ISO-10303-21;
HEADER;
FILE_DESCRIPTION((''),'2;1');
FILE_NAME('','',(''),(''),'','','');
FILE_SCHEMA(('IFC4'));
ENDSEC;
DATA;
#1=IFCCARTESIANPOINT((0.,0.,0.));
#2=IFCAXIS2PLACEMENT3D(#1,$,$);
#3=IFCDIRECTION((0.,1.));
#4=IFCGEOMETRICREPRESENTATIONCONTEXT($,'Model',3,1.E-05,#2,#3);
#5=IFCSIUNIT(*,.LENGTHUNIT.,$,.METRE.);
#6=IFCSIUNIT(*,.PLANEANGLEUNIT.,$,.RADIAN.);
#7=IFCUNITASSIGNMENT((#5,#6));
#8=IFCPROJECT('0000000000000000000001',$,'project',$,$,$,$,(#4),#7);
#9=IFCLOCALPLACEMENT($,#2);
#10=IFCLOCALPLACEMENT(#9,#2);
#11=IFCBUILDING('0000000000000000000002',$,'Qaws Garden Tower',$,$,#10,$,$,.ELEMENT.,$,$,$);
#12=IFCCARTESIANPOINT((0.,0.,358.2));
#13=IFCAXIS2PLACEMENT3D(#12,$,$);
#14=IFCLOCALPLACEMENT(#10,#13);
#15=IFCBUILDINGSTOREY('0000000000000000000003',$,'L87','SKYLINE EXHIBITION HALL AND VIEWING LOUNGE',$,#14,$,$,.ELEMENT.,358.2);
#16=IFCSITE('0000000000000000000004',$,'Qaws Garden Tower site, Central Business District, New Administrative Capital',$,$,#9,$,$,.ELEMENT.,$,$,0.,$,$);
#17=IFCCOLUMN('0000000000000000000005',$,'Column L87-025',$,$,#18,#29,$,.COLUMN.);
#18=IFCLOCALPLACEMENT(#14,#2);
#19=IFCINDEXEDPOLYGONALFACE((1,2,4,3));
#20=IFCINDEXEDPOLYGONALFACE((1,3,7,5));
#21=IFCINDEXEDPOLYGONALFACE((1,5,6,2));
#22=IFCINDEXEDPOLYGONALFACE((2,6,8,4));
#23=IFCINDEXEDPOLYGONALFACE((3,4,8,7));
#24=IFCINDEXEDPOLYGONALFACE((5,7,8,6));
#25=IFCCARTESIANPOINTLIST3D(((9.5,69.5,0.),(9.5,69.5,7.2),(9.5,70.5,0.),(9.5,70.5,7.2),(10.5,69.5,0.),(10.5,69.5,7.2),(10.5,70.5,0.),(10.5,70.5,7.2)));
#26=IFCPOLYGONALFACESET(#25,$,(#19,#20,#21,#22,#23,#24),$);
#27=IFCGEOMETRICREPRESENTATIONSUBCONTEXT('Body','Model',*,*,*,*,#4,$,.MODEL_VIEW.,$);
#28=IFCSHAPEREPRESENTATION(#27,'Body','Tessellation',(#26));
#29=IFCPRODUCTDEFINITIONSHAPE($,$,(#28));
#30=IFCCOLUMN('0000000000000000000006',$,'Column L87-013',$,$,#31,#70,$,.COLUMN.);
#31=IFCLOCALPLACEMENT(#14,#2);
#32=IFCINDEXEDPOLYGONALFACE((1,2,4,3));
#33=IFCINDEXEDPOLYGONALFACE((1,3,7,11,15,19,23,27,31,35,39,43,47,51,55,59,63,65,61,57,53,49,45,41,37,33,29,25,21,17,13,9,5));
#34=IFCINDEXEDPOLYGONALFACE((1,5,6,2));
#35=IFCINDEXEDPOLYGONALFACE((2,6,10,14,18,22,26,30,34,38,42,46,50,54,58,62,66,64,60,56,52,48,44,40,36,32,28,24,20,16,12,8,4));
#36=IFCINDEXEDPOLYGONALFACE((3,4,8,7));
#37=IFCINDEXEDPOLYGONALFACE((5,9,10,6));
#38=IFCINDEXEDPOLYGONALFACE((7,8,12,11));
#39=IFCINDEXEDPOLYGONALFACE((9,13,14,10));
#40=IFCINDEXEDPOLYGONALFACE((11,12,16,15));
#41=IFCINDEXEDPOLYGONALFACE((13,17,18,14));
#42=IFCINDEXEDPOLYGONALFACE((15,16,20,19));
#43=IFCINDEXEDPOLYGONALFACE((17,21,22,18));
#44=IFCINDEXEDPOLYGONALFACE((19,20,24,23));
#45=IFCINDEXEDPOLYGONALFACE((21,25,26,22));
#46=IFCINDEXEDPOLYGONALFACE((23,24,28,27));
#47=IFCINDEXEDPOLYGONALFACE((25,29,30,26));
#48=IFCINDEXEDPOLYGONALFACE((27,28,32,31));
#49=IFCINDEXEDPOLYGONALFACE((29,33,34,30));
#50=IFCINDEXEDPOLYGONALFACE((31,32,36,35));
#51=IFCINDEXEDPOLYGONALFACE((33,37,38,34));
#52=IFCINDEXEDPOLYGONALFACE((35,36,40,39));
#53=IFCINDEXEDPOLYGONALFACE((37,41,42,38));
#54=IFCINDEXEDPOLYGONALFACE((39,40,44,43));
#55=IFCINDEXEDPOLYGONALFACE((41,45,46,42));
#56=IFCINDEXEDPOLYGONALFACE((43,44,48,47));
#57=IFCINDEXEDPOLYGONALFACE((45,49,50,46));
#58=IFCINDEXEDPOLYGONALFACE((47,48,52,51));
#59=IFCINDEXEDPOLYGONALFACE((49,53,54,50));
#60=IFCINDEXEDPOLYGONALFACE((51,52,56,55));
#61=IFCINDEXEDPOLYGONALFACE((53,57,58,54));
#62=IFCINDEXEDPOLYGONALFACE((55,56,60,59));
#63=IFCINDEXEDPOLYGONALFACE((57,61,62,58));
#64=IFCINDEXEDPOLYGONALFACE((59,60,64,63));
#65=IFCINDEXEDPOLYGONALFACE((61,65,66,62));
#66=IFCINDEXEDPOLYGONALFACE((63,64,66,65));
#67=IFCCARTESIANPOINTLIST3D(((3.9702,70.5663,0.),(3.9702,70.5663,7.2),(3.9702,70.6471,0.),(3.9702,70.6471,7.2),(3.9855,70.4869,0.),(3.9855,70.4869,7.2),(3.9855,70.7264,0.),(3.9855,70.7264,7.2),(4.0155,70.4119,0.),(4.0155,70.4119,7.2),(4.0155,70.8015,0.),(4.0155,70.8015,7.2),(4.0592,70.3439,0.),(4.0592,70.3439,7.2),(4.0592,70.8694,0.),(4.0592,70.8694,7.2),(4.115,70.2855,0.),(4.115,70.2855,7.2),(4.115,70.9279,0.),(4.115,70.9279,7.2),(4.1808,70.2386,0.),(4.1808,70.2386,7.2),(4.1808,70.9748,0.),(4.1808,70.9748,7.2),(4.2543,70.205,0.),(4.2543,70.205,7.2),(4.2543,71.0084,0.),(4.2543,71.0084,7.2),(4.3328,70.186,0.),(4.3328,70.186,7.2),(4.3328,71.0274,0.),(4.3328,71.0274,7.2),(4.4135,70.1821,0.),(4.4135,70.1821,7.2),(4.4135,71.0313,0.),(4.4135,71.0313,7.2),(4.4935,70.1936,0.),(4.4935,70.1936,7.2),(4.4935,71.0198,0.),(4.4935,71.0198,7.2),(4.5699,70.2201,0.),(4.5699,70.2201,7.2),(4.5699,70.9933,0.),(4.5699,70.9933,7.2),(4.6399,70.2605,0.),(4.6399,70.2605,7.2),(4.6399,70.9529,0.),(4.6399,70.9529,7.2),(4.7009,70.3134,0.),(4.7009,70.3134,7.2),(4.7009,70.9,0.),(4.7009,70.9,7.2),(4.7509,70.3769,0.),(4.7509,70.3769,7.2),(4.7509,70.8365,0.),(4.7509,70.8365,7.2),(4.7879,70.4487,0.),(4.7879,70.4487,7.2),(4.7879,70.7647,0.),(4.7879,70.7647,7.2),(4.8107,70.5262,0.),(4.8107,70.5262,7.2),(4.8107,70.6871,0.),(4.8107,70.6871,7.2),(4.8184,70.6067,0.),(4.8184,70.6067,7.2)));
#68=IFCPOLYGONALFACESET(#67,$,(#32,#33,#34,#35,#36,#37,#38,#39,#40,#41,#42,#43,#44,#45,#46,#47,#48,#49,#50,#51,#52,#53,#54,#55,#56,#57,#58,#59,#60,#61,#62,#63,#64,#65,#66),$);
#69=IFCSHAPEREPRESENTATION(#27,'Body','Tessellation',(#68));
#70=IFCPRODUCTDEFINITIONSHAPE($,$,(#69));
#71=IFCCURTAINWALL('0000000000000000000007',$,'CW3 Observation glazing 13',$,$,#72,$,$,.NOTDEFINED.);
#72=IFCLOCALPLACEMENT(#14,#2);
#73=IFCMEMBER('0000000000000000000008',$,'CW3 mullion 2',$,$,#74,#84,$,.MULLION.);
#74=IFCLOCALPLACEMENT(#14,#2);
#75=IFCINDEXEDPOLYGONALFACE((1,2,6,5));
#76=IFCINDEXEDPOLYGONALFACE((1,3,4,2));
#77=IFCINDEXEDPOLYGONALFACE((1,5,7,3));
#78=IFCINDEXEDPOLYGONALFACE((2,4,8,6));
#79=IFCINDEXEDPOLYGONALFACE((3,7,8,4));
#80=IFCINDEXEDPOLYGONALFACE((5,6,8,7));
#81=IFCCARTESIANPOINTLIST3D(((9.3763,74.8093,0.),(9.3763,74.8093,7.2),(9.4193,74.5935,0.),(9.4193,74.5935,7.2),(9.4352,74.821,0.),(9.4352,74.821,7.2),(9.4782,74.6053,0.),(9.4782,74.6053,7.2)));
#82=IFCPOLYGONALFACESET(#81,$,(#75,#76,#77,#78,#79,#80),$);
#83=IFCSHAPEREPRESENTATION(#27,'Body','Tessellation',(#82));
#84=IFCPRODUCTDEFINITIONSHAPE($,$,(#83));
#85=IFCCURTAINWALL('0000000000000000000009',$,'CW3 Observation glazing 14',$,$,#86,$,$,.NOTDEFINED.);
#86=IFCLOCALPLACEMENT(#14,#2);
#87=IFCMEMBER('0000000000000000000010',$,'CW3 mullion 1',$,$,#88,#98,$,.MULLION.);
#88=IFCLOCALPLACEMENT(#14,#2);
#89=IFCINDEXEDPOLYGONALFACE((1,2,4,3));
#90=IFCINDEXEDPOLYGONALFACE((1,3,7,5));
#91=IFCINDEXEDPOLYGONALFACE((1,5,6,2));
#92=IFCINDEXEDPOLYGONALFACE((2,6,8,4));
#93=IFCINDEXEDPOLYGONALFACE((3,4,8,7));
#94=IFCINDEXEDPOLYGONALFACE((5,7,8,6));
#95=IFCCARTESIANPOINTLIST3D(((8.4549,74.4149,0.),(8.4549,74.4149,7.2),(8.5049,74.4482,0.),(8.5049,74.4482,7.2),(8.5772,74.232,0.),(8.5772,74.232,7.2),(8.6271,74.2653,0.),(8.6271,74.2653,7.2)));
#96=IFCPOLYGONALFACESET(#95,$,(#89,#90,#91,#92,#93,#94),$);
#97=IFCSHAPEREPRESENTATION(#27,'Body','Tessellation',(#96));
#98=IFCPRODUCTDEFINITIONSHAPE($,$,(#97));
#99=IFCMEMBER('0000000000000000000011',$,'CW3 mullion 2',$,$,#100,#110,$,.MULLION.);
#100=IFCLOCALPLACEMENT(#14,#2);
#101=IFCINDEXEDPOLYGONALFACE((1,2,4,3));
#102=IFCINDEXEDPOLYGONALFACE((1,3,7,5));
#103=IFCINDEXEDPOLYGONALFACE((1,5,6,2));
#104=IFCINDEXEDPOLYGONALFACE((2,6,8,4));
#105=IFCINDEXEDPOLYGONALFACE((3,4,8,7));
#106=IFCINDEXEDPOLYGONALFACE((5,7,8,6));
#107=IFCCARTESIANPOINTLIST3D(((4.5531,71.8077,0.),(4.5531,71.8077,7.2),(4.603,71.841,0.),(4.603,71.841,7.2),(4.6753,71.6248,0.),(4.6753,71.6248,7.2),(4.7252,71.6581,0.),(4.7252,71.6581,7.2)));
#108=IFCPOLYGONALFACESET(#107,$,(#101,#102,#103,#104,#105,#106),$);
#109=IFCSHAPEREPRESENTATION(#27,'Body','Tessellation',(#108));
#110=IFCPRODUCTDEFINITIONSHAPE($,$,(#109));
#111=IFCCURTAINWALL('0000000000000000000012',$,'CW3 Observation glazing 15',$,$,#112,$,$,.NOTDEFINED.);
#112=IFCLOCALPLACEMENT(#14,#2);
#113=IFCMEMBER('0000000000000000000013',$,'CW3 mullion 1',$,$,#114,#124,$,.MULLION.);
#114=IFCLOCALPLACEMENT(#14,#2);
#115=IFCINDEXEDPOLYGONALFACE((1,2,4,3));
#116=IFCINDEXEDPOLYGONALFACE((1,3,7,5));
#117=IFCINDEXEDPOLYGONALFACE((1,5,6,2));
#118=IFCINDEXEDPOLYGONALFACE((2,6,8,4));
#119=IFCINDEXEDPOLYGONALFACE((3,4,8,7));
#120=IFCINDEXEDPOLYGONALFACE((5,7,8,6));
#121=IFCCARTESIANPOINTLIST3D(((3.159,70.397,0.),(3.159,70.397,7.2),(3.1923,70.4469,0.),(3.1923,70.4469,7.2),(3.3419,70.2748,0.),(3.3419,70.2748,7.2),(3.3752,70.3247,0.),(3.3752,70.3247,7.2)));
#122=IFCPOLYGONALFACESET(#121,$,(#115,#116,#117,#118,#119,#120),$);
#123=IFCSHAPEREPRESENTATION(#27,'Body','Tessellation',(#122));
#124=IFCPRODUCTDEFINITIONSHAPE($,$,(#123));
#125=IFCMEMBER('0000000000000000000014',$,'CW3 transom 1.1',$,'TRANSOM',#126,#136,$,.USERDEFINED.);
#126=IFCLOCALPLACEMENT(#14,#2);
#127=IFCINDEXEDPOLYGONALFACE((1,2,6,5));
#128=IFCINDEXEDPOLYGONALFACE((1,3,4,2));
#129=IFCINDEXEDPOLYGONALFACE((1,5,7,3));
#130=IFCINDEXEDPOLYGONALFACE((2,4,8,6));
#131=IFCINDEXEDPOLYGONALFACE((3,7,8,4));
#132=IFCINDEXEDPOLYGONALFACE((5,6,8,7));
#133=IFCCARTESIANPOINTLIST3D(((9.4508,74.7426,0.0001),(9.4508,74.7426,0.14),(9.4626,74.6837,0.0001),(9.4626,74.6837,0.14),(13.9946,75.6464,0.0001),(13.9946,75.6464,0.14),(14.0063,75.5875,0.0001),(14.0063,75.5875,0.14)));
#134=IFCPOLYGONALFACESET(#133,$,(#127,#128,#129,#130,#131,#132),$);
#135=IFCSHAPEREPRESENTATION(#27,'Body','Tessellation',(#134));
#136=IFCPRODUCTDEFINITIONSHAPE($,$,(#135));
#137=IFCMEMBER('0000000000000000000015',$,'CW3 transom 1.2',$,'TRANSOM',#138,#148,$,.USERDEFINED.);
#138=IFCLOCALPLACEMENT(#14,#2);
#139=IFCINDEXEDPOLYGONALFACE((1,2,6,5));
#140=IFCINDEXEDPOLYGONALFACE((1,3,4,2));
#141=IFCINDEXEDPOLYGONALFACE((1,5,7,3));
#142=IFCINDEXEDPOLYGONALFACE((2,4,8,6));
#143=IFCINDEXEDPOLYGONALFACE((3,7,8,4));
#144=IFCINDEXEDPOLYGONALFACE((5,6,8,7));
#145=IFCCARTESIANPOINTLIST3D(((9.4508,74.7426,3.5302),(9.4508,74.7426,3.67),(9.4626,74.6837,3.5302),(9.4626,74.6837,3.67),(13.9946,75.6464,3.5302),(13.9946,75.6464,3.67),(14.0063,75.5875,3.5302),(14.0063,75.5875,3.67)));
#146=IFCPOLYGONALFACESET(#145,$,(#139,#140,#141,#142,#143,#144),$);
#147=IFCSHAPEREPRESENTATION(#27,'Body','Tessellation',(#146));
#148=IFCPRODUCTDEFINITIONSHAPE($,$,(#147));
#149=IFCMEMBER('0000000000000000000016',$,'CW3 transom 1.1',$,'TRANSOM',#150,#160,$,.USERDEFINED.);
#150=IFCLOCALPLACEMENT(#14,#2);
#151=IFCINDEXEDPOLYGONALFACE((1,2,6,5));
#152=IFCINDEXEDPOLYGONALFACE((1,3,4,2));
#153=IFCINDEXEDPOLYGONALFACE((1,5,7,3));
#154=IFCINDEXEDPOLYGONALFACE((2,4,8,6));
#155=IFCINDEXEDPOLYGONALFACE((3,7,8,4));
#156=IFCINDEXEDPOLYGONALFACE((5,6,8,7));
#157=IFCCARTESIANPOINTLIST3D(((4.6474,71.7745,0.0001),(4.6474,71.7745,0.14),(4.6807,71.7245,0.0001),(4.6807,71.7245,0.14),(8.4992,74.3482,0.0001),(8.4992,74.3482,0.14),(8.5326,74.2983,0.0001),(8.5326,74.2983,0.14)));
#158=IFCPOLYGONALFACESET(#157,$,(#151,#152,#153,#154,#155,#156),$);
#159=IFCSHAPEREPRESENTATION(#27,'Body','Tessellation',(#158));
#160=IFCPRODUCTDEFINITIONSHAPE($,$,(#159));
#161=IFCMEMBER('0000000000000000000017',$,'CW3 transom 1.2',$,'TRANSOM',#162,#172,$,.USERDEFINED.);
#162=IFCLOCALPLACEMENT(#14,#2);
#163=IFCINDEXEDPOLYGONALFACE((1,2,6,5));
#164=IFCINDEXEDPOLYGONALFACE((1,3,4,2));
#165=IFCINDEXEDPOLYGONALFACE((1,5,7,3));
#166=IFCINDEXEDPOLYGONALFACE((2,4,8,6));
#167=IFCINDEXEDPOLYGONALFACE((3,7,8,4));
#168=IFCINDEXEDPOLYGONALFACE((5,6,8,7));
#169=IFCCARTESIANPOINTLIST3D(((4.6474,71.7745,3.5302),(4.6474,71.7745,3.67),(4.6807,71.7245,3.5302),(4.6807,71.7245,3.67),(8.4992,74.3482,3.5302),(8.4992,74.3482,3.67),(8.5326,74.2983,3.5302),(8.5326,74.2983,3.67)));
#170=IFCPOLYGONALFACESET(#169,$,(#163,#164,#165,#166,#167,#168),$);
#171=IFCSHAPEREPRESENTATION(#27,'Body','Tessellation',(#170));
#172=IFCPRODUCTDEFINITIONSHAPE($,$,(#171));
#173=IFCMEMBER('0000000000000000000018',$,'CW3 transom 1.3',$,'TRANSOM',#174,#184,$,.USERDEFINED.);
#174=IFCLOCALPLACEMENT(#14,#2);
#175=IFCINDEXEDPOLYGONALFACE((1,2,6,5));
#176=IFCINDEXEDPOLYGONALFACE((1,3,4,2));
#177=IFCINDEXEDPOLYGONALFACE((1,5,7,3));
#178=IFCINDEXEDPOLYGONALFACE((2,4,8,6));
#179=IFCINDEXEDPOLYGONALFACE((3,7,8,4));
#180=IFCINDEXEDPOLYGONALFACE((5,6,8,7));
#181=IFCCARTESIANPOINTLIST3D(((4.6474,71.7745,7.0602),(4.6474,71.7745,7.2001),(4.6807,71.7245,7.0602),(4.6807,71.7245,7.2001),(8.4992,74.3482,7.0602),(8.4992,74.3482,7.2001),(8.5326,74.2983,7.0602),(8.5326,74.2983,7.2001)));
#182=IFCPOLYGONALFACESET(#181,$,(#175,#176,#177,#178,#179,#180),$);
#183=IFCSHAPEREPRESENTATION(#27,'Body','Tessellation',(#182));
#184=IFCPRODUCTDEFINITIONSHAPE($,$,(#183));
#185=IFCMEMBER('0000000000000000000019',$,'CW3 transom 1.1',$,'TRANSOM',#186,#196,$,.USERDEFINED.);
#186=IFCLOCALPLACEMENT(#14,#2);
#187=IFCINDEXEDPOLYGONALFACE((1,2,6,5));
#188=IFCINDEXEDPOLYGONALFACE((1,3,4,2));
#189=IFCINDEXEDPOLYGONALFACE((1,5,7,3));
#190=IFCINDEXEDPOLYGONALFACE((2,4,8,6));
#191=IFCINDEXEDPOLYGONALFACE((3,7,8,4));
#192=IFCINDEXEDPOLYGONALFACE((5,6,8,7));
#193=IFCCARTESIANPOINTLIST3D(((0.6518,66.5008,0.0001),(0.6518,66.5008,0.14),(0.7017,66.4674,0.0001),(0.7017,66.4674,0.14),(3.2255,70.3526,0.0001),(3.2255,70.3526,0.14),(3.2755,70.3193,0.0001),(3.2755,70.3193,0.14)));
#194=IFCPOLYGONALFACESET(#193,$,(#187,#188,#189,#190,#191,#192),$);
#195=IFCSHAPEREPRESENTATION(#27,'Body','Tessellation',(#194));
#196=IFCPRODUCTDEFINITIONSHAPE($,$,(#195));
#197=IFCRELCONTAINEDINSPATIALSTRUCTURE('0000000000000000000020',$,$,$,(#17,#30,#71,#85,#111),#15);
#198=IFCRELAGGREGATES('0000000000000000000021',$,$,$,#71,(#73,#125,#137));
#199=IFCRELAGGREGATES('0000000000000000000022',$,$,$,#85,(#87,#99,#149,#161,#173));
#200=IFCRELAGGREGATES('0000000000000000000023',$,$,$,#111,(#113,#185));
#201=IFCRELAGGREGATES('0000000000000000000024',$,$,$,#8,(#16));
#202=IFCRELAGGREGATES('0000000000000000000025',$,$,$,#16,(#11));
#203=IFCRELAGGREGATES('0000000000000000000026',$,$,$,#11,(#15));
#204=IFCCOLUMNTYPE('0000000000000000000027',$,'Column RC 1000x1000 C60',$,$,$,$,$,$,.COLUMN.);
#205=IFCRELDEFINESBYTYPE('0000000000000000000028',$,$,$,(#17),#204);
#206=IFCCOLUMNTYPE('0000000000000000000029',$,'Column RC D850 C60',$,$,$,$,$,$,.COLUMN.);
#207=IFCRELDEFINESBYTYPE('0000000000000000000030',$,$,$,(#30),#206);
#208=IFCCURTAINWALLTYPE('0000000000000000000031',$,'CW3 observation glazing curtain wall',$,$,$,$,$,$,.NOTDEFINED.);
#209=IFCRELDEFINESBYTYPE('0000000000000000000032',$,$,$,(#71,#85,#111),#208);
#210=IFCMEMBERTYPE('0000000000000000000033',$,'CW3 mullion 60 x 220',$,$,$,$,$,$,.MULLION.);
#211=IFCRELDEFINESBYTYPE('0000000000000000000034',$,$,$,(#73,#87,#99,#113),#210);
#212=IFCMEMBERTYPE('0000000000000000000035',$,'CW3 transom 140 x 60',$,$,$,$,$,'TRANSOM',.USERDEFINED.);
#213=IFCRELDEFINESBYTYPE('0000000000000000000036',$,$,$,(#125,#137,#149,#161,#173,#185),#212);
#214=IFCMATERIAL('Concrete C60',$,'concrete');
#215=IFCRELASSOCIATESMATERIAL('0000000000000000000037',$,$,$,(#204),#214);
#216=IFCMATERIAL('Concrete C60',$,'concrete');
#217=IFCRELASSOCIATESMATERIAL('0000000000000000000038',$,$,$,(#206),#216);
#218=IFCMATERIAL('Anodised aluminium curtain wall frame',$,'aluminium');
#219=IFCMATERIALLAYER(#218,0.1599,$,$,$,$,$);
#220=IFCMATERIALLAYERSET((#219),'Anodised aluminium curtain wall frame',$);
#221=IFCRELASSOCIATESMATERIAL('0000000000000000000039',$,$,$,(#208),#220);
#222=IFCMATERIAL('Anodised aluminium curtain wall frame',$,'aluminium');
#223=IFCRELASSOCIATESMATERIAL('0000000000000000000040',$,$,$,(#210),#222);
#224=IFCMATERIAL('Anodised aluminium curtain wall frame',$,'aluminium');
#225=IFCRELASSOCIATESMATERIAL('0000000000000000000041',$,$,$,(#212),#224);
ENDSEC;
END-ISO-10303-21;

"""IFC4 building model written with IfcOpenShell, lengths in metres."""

from ifc_helpers import new_model, si_unit, direction, frame, origin, origin_2d, place, context, subcontext, project, spatial, rectangle, circle, extrude, material, layer, layer_set, material_profile, profile_set, type_object, element, aggregate, save


model = new_model("IFC4")

# Units and contexts
model_context = context("Model", 3, precision=1e-05, world=origin(), true_north=direction((0.0, 1.0)))
body_context = subcontext(model_context, "Body", "Model", "MODEL_VIEW")
ifc_project = project(units=[si_unit("LENGTHUNIT", "METRE"), si_unit("PLANEANGLEUNIT", "RADIAN")], contexts=[model_context])

# Site, building, storey
site_placement = place(None, origin())
site = spatial("IfcSite", under=ifc_project, at=site_placement, Name="Qaws Garden Tower site, Central Business District, New Administrative Capital", CompositionType="ELEMENT", RefElevation=0.0)
building_placement = place(site_placement, origin())
building = spatial("IfcBuilding", under=site, at=building_placement, Name="Qaws Garden Tower", CompositionType="ELEMENT")
storey_placement = place(building_placement, frame((0.0, 0.0, 358.2)))
storey = spatial("IfcBuildingStorey", under=building, at=storey_placement, Name="L87", Description="SKYLINE EXHIBITION HALL AND VIEWING LOUNGE", CompositionType="ELEMENT", Elevation=358.2)

# Columns
ifc_material_1 = material(Name="Concrete C60", Category="concrete")
ifc_material_profile_1 = material_profile(ifc_material_1, rectangle(XDim=1.0, YDim=1.0, at=origin_2d()), Name="RC 1000x1000")
ifc_profile_set_1 = profile_set([ifc_material_profile_1], Name="Concrete C60")
column_type_1 = type_object("IfcColumnType", Name="Column RC 1000x1000 C60", PredefinedType="COLUMN", material=ifc_profile_set_1)
column_1_placement = place(storey_placement, frame((10.0, 70.0, 0.0), z_axis=(0.0, 0.0, 1.0), x_axis=(1.0, 0.0, 0.0)))
element("IfcColumn", 1, at=column_1_placement, inside=storey, type_object=column_type_1, Name="Column L87-025", PredefinedType="COLUMN", context=body_context, shape_type="SweptSolid", body=[
    extrude(rectangle(XDim=1.0, YDim=1.0, at=origin_2d()), origin(), (0.0, 0.0, 1.0), 7.2),
])
ifc_material_2 = material(Name="Concrete C60", Category="concrete")
ifc_material_profile_2 = material_profile(ifc_material_2, circle(Radius=0.425, at=origin_2d()), Name="RC D850")
ifc_profile_set_2 = profile_set([ifc_material_profile_2], Name="Concrete C60")
column_type_2 = type_object("IfcColumnType", Name="Column RC D850 C60", PredefinedType="COLUMN", material=ifc_profile_set_2)
column_2_placement = place(storey_placement, frame((4.3933, 70.6067, 0.0), z_axis=(0.0, 0.0, 1.0), x_axis=(1.0, 0.0, 0.0)))
element("IfcColumn", 2, at=column_2_placement, inside=storey, type_object=column_type_2, Name="Column L87-013", PredefinedType="COLUMN", context=body_context, shape_type="SweptSolid", body=[
    extrude(circle(Radius=0.425, at=origin_2d()), origin(), (0.0, 0.0, 1.0), 7.2),
])

# Curtain wall, member
ifc_material_3 = material(Name="Anodised aluminium curtain wall frame", Category="aluminium")
ifc_layer_1 = layer(ifc_material_3, 0.1599)
ifc_layer_set_1 = layer_set([ifc_layer_1], Name="Anodised aluminium curtain wall frame")
curtain_wall_type = type_object("IfcCurtainWallType", Name="CW3 observation glazing curtain wall", PredefinedType="NOTDEFINED", material=ifc_layer_set_1)
placement = place(storey_placement, origin())
curtain_wall_1 = element("IfcCurtainWall", 3, at=placement, inside=storey, type_object=curtain_wall_type, Name="CW3 Observation glazing 13", PredefinedType="NOTDEFINED")
ifc_material_4 = material(Name="Anodised aluminium curtain wall frame", Category="aluminium")
ifc_material_profile_3 = material_profile(ifc_material_4, rectangle(XDim=0.22, YDim=0.0601, at=origin_2d()), Name="AL 60x220")
ifc_profile_set_3 = profile_set([ifc_material_profile_3], Name="Anodised aluminium curtain wall frame")
member_type_1 = type_object("IfcMemberType", Name="CW3 mullion 60 x 220", PredefinedType="MULLION", material=ifc_profile_set_3)
member_1_placement = place(storey_placement, frame((9.4272, 74.7073, 0.0), z_axis=(0.0, 0.0, 1.0), x_axis=(0.19509, -0.980785, 0.0)))
member_1 = element("IfcMember", 4, at=member_1_placement, type_object=member_type_1, Name="CW3 mullion 2", PredefinedType="MULLION", context=body_context, shape_type="SweptSolid", body=[
    extrude(rectangle(XDim=0.22, YDim=0.0601, at=origin_2d()), origin(), (0.0, 0.0, 1.0), 7.2),
])

# Curtain wall, members
curtain_wall_2 = element("IfcCurtainWall", 5, at=placement, inside=storey, type_object=curtain_wall_type, Name="CW3 Observation glazing 14", PredefinedType="NOTDEFINED")
member_2_placement = place(storey_placement, frame((8.541, 74.3401, 0.0), z_axis=(0.0, 0.0, 1.0), x_axis=(0.55557, -0.83147, 0.0)))
member_2 = element("IfcMember", 6, at=member_2_placement, type_object=member_type_1, Name="CW3 mullion 1", PredefinedType="MULLION", context=body_context, shape_type="SweptSolid", body=[
    extrude(rectangle(XDim=0.22, YDim=0.0601, at=origin_2d()), origin(), (0.0, 0.0, 1.0), 7.2),
])
member_3_placement = place(storey_placement, frame((4.6392, 71.7329, 0.0), z_axis=(0.0, 0.0, 1.0), x_axis=(0.55557, -0.83147, 0.0)))
member_3 = element("IfcMember", 7, at=member_3_placement, type_object=member_type_1, Name="CW3 mullion 2", PredefinedType="MULLION", context=body_context, shape_type="SweptSolid", body=[
    extrude(rectangle(XDim=0.22, YDim=0.0601, at=origin_2d()), origin(), (0.0, 0.0, 1.0), 7.2),
])

# Curtain wall, member
curtain_wall_3 = element("IfcCurtainWall", 8, at=placement, inside=storey, type_object=curtain_wall_type, Name="CW3 Observation glazing 15", PredefinedType="NOTDEFINED")
member_4_placement = place(storey_placement, frame((3.2671, 70.3608, 0.0), z_axis=(0.0, 0.0, 1.0), x_axis=(0.83147, -0.55557, 0.0)))
member_4 = element("IfcMember", 9, at=member_4_placement, type_object=member_type_1, Name="CW3 mullion 1", PredefinedType="MULLION", context=body_context, shape_type="SweptSolid", body=[
    extrude(rectangle(XDim=0.22, YDim=0.0601, at=origin_2d()), origin(), (0.0, 0.0, 1.0), 7.2),
])

# Members
ifc_material_5 = material(Name="Anodised aluminium curtain wall frame", Category="aluminium")
ifc_material_profile_4 = material_profile(ifc_material_5, rectangle(XDim=0.0601, YDim=0.1399, at=origin_2d()), Name="AL 60x140")
ifc_profile_set_4 = profile_set([ifc_material_profile_4], Name="Anodised aluminium curtain wall frame")
member_type_2 = type_object("IfcMemberType", Name="CW3 transom 140 x 60", ElementType="TRANSOM", PredefinedType="USERDEFINED", material=ifc_profile_set_4)
member_5_placement = place(storey_placement, frame((14.0005, 75.6169, 0.0701), z_axis=(-0.980785, -0.195092, 0.0), x_axis=(0.195092, -0.980785, 0.0)))
member_5 = element("IfcMember", 10, at=member_5_placement, type_object=member_type_2, Name="CW3 transom 1.1", ObjectType="TRANSOM", PredefinedType="USERDEFINED", context=body_context, shape_type="SweptSolid", body=[
    extrude(rectangle(XDim=0.0601, YDim=0.1399, at=origin_2d()), origin(), (0.0, 0.0, 1.0), 4.6328),
])
member_6_placement = place(storey_placement, frame((14.0005, 75.6169, 3.6001), z_axis=(-0.980785, -0.195092, 0.0), x_axis=(0.195092, -0.980785, 0.0)))
member_6 = element("IfcMember", 11, at=member_6_placement, type_object=member_type_2, Name="CW3 transom 1.2", ObjectType="TRANSOM", PredefinedType="USERDEFINED", context=body_context, shape_type="SweptSolid", body=[
    extrude(rectangle(XDim=0.0601, YDim=0.1399, at=origin_2d()), origin(), (0.0, 0.0, 1.0), 4.6328),
])
member_7_placement = place(storey_placement, frame((8.5159, 74.3232, 0.0701), z_axis=(-0.831466, -0.555576, 0.0), x_axis=(0.555576, -0.831466, 0.0)))
member_7 = element("IfcMember", 12, at=member_7_placement, type_object=member_type_2, Name="CW3 transom 1.1", ObjectType="TRANSOM", PredefinedType="USERDEFINED", context=body_context, shape_type="SweptSolid", body=[
    extrude(rectangle(XDim=0.0601, YDim=0.1399, at=origin_2d()), origin(), (0.0, 0.0, 1.0), 4.6326),
])
member_8_placement = place(storey_placement, frame((8.5159, 74.3232, 3.6001), z_axis=(-0.831466, -0.555576, 0.0), x_axis=(0.555576, -0.831466, 0.0)))
member_8 = element("IfcMember", 13, at=member_8_placement, type_object=member_type_2, Name="CW3 transom 1.2", ObjectType="TRANSOM", PredefinedType="USERDEFINED", context=body_context, shape_type="SweptSolid", body=[
    extrude(rectangle(XDim=0.0601, YDim=0.1399, at=origin_2d()), origin(), (0.0, 0.0, 1.0), 4.6326),
])
member_9_placement = place(storey_placement, frame((8.5159, 74.3232, 7.1301), z_axis=(-0.831466, -0.555576, 0.0), x_axis=(0.555576, -0.831466, 0.0)))
member_9 = element("IfcMember", 14, at=member_9_placement, type_object=member_type_2, Name="CW3 transom 1.3", ObjectType="TRANSOM", PredefinedType="USERDEFINED", context=body_context, shape_type="SweptSolid", body=[
    extrude(rectangle(XDim=0.0601, YDim=0.1399, at=origin_2d()), origin(), (0.0, 0.0, 1.0), 4.6326),
])
member_10_placement = place(storey_placement, frame((3.2505, 70.3359, 0.0701), z_axis=(-0.555576, -0.831466, 0.0), x_axis=(0.831466, -0.555576, 0.0)))
member_10 = element("IfcMember", 15, at=member_10_placement, type_object=member_type_2, Name="CW3 transom 1.1", ObjectType="TRANSOM", PredefinedType="USERDEFINED", context=body_context, shape_type="SweptSolid", body=[
    extrude(rectangle(XDim=0.0601, YDim=0.1399, at=origin_2d()), origin(), (0.0, 0.0, 1.0), 4.6326),
])

aggregate(curtain_wall_1, [member_1, member_5, member_6])
aggregate(curtain_wall_2, [member_2, member_3, member_7, member_8, member_9])
aggregate(curtain_wall_3, [member_4, member_10])

save(model, "model.ifc")
